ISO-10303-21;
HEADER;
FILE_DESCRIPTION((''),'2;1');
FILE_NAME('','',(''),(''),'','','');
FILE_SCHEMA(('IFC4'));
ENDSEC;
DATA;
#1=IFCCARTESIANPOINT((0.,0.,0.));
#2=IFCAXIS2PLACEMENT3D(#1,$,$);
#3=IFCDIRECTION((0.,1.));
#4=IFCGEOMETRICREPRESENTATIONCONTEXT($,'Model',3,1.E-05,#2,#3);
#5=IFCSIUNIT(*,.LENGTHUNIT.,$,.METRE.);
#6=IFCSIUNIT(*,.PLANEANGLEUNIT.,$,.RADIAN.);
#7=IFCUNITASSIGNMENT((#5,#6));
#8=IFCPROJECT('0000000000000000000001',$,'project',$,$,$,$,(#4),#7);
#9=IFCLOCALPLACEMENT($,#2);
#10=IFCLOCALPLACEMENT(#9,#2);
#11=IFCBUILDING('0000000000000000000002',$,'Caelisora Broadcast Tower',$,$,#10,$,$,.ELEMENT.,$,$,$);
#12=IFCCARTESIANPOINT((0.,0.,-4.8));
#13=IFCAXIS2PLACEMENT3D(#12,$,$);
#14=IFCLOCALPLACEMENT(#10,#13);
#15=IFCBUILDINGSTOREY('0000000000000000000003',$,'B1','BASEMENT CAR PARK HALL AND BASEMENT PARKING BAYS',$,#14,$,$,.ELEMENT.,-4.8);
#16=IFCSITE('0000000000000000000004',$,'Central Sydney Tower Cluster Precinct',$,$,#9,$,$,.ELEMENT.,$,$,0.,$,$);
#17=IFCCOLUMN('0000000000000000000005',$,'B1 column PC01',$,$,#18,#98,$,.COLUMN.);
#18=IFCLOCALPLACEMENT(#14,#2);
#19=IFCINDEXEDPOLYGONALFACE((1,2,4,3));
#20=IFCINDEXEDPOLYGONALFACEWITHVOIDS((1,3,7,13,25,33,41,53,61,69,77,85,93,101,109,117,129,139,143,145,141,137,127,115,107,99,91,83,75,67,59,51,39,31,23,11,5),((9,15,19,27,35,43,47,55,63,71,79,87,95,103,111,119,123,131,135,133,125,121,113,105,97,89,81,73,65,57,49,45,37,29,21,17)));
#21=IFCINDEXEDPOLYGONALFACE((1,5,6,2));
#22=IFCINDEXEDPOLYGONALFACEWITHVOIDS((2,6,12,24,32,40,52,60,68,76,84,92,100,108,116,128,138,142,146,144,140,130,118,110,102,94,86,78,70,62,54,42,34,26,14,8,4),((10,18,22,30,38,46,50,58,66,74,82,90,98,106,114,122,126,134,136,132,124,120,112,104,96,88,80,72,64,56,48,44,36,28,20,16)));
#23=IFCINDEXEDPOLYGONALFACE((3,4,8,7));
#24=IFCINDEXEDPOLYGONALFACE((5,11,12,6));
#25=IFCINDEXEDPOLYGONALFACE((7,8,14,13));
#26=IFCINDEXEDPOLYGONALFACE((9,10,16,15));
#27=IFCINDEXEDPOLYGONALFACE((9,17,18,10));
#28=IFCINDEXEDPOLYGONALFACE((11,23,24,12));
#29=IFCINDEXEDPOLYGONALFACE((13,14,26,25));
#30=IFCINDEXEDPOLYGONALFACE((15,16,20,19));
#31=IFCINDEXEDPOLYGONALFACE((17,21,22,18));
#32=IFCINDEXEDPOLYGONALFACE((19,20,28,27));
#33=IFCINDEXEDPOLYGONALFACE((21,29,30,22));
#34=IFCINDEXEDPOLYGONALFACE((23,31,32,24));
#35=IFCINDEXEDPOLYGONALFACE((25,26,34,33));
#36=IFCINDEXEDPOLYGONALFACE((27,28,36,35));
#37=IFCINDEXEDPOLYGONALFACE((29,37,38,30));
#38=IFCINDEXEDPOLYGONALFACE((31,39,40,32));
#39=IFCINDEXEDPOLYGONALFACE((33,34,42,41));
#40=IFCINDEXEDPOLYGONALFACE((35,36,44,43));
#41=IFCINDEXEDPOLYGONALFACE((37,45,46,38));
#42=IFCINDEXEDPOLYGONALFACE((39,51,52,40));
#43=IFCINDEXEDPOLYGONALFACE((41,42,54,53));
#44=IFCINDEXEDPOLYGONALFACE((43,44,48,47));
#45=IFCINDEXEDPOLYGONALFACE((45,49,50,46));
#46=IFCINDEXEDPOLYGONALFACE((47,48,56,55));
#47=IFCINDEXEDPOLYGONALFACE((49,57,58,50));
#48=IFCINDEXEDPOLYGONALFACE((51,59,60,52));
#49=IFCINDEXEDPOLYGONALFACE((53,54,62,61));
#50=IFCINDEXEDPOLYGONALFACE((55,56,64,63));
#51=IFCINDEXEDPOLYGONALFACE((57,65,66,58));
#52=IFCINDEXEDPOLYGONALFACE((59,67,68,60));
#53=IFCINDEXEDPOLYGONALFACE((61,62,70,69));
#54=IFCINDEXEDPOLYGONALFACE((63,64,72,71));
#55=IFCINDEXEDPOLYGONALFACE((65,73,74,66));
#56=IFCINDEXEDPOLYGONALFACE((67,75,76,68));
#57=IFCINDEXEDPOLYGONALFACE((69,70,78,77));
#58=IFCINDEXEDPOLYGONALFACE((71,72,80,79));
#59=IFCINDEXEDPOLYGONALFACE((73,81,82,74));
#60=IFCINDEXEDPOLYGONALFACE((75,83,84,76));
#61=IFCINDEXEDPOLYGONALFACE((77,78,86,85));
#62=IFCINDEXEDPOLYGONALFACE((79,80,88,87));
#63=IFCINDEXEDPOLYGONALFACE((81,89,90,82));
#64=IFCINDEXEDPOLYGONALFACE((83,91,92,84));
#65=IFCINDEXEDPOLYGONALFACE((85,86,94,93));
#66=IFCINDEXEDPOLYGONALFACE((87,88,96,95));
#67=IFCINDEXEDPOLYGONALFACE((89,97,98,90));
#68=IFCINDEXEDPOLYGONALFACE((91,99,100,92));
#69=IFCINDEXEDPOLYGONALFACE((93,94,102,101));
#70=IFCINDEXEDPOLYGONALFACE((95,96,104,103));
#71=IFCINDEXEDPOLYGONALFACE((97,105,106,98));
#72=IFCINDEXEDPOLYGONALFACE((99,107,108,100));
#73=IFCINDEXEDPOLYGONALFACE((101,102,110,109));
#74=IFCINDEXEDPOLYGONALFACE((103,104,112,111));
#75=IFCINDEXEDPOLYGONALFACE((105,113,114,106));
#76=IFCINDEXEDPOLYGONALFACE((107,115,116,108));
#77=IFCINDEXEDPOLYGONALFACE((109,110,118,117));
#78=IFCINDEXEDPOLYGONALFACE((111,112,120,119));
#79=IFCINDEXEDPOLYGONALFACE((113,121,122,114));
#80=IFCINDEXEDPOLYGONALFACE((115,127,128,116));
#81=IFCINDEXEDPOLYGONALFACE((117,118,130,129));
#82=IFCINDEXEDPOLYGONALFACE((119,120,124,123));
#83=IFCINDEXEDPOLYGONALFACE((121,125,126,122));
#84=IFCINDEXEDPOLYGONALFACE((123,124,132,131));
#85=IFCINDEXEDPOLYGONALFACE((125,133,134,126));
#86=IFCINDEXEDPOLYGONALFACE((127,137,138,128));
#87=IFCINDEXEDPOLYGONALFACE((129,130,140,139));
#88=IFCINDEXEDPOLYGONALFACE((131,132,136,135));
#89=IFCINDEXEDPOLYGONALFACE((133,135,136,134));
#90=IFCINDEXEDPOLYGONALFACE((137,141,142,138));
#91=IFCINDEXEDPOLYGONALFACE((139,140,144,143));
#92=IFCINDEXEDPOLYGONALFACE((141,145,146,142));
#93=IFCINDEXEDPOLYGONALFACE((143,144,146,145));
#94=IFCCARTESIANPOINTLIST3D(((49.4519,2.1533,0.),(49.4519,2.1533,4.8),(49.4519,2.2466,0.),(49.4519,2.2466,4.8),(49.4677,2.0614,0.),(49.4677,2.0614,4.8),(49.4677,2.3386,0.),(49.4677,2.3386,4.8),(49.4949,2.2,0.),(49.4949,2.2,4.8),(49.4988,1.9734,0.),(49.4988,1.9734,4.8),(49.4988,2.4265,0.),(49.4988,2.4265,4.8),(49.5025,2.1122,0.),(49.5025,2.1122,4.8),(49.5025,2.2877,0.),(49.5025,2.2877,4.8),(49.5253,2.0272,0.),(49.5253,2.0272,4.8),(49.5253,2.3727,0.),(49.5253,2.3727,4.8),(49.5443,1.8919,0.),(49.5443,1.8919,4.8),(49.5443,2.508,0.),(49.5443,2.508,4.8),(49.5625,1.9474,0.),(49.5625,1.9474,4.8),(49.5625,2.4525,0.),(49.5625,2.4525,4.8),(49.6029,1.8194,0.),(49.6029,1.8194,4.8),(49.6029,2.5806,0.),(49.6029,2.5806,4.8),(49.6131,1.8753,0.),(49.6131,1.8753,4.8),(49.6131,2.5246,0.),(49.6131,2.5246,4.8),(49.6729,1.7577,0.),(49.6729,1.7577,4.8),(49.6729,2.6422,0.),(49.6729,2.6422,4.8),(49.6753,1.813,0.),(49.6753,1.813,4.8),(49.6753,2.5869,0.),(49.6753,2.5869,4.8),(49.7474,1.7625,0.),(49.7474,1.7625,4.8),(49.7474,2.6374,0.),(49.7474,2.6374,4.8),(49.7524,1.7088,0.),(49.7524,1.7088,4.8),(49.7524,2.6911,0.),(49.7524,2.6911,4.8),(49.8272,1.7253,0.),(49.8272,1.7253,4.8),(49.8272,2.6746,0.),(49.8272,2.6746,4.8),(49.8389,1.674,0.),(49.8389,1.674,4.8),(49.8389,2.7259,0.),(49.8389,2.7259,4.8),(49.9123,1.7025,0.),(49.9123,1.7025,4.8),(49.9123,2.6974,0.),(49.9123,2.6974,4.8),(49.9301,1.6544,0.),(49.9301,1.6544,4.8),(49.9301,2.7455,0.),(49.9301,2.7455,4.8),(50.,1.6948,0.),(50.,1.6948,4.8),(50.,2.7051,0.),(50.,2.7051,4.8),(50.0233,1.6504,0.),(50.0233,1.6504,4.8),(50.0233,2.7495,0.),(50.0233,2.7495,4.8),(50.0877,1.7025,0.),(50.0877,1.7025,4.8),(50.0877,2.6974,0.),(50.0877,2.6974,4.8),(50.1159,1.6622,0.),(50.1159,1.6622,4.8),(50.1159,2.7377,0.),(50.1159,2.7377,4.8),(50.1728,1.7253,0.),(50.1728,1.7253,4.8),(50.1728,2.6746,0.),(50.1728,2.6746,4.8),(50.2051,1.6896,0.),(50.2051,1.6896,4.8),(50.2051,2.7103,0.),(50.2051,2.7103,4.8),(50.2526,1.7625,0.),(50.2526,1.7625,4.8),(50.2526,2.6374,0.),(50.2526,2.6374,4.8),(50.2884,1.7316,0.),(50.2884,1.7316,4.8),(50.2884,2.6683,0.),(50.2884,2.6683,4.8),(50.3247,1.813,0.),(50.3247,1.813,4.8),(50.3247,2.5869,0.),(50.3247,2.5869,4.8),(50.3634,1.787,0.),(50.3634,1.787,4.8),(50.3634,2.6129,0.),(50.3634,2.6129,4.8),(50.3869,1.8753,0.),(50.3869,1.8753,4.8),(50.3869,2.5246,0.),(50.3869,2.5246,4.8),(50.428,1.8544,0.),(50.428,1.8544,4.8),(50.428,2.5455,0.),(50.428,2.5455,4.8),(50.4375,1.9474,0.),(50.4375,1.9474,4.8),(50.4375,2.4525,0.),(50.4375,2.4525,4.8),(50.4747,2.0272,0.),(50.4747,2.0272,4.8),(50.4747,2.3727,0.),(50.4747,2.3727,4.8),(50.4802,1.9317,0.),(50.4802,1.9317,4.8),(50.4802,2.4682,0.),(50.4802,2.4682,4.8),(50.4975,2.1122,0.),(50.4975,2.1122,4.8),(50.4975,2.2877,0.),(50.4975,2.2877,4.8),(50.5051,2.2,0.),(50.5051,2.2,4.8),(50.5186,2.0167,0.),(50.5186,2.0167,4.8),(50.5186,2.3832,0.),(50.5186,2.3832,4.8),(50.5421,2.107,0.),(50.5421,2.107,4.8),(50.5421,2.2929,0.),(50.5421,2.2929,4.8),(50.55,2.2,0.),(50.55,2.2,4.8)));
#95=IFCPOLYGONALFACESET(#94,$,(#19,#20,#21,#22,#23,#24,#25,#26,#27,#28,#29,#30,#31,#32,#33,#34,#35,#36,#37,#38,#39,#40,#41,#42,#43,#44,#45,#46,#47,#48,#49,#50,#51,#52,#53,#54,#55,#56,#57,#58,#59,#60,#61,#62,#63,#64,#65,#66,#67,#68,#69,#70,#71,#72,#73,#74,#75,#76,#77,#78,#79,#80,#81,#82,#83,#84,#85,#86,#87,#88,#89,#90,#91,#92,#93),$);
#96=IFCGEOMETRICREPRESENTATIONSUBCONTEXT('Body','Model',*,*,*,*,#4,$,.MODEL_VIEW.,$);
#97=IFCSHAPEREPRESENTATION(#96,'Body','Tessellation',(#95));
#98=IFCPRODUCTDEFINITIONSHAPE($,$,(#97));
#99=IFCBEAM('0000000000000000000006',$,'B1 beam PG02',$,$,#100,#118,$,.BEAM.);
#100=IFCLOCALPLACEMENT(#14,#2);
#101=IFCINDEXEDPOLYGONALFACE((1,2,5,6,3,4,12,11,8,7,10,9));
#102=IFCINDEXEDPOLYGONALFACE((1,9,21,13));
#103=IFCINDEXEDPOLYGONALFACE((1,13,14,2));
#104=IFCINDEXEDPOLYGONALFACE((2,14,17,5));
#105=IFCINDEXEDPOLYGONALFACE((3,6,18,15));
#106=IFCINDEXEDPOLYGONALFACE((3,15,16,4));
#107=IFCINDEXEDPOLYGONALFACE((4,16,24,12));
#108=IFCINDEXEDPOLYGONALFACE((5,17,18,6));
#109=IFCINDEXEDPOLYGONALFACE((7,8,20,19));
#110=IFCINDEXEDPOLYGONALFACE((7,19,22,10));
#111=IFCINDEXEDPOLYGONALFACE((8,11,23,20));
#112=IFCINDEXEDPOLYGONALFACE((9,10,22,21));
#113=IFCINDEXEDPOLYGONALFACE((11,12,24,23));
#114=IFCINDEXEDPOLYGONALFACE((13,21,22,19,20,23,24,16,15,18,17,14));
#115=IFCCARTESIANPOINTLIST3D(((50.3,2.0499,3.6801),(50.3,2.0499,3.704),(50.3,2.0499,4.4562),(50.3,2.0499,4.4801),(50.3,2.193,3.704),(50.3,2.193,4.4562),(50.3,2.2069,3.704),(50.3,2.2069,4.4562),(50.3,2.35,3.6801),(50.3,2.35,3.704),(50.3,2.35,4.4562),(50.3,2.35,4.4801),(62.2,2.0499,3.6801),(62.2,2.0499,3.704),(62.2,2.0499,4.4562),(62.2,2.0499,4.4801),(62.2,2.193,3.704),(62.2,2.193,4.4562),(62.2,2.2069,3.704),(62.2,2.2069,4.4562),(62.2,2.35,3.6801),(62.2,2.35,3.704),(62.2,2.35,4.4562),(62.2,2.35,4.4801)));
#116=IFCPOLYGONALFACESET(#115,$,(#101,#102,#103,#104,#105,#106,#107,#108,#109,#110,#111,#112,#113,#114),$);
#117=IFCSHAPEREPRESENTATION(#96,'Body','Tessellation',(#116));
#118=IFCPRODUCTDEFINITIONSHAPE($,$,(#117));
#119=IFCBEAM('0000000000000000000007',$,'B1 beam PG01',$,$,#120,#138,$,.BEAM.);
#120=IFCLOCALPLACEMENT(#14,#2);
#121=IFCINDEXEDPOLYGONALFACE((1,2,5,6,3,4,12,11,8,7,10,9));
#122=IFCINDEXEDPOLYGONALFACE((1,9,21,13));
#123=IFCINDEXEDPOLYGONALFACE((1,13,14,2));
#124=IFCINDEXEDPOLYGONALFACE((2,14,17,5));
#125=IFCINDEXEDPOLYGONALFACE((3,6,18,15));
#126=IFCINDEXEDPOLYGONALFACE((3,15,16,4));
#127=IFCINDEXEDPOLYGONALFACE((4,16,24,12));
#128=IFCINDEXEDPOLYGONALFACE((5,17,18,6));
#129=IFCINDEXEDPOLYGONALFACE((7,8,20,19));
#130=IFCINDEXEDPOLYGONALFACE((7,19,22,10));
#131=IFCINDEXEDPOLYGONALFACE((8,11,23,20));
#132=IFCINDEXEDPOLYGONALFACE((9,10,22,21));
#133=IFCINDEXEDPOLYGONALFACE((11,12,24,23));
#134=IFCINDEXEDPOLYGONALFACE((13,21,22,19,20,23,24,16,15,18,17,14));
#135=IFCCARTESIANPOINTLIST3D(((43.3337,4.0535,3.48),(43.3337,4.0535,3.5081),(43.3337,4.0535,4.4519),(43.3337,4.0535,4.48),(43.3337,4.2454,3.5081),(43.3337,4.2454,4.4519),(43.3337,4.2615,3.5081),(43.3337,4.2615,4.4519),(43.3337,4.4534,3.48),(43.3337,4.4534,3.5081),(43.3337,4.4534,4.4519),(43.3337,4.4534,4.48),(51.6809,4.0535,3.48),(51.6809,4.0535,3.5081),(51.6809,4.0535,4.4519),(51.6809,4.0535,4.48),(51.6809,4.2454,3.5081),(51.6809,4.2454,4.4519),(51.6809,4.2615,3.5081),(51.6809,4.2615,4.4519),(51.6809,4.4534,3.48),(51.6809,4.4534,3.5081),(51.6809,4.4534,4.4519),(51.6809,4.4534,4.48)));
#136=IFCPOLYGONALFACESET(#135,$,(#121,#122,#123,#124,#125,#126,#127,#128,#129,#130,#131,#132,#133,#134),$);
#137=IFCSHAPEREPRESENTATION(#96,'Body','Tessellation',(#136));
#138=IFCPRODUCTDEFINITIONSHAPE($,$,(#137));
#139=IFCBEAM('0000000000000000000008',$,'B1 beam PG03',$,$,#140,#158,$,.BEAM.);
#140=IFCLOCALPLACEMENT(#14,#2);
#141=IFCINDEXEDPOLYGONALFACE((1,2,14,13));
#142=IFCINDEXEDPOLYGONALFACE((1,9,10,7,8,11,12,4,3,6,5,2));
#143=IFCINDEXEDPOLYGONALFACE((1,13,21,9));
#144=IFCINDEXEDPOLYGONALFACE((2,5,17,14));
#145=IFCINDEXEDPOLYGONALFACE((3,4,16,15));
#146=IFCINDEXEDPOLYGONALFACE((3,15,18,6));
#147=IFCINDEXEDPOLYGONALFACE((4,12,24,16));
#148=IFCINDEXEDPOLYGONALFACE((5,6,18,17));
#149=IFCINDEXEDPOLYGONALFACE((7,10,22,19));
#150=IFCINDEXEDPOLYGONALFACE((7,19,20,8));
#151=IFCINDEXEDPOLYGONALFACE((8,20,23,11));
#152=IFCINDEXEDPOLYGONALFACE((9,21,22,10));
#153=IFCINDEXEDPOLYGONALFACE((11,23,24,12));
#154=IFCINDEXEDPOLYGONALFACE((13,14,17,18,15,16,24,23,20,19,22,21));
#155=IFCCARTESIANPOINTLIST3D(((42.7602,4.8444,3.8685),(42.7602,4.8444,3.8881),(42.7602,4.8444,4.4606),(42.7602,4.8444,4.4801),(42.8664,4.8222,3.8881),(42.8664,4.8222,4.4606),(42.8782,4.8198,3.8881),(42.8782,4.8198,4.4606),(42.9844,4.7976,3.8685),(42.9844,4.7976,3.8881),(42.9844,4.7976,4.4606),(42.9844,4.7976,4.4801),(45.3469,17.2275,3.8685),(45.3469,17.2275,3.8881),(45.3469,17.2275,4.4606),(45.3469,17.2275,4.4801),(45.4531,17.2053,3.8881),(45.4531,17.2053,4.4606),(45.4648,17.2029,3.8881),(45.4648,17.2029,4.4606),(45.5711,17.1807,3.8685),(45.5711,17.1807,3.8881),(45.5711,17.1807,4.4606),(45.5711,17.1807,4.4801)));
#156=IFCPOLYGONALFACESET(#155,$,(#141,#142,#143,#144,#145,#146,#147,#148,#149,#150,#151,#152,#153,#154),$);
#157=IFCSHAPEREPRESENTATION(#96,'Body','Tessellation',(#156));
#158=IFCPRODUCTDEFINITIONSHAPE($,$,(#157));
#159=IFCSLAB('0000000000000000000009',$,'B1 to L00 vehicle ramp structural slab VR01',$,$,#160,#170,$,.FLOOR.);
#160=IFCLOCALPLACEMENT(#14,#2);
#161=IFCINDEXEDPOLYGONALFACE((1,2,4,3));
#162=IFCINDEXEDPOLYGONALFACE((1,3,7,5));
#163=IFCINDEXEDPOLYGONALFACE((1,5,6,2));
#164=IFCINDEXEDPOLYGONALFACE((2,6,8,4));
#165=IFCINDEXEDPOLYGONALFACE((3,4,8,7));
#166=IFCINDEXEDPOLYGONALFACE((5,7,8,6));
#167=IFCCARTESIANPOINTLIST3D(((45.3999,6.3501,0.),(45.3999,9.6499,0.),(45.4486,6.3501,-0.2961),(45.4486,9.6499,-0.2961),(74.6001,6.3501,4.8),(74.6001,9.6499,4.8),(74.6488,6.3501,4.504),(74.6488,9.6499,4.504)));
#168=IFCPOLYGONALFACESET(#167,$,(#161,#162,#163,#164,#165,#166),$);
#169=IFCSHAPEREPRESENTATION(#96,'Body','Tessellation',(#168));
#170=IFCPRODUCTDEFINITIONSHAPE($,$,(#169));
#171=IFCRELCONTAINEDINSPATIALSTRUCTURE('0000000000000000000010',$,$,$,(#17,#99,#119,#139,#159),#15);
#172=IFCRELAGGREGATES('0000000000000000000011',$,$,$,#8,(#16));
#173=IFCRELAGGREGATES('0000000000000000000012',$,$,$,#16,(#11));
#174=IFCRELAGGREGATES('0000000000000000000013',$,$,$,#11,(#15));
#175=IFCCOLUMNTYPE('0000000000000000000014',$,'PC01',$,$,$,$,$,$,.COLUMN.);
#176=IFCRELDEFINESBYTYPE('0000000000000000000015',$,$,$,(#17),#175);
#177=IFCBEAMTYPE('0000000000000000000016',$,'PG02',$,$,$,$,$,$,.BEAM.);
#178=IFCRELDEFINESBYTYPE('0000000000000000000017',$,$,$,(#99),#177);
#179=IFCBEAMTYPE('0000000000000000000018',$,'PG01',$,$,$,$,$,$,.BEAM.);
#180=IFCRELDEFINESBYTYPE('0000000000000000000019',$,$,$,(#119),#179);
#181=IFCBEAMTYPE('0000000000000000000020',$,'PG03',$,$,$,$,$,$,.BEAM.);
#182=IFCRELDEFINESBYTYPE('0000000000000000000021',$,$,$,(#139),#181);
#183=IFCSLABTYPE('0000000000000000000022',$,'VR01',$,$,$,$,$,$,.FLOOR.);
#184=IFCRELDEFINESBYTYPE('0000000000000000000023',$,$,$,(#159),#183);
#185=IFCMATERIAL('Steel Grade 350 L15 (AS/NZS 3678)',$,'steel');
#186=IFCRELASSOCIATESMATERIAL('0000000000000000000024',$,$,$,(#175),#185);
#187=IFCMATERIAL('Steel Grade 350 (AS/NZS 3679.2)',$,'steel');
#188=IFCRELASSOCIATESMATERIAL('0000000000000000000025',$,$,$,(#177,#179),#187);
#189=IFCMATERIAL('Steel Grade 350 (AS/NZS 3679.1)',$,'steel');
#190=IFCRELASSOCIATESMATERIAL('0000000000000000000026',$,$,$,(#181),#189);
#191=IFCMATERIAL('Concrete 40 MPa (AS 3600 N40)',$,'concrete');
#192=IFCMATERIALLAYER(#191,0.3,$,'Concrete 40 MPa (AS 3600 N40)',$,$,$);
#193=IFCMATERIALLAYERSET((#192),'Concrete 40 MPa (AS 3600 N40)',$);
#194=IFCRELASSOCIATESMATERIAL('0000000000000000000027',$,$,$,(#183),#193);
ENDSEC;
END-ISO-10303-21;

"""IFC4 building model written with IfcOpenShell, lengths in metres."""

from ifc_helpers import new_model, si_unit, direction, frame, origin, origin_2d, place, context, subcontext, project, spatial, polyline, hollow_circle, i_section, outline, extrude, source, transform, mapped, material, layer, layer_set, material_profile, profile_set, type_object, type_shapes, element, save


model = new_model("IFC4")

# Units and contexts
model_context = context("Model", 3, precision=1e-05, world=origin(), true_north=direction((0.0, 1.0)))
body_context = subcontext(model_context, "Body", "Model", "MODEL_VIEW")
ifc_project = project(units=[si_unit("LENGTHUNIT", "METRE"), si_unit("PLANEANGLEUNIT", "RADIAN")], contexts=[model_context])

# Site, building, storey
site_placement = place(None, origin())
site = spatial("IfcSite", under=ifc_project, at=site_placement, Name="Central Sydney Tower Cluster Precinct", CompositionType="ELEMENT", RefElevation=0.0)
building_placement = place(site_placement, origin())
building = spatial("IfcBuilding", under=site, at=building_placement, Name="Caelisora Broadcast Tower", CompositionType="ELEMENT")
storey_placement = place(building_placement, frame((0.0, 0.0, -4.8)))
storey = spatial("IfcBuildingStorey", under=building, at=storey_placement, Name="B1", Description="BASEMENT CAR PARK HALL AND BASEMENT PARKING BAYS", CompositionType="ELEMENT", Elevation=-4.8)

# Shared definitions
ifc_material_1 = material(Name="Concrete 40 MPa (AS 3600 N40)", Category="concrete")

# Column
ifc_material_2 = material(Name="Steel Grade 350 (AS/NZS 3679.2)", Category="steel")
ifc_material_3 = material(Name="Steel Grade 350 (AS/NZS 3679.1)", Category="steel")
ifc_material_4 = material(Name="Steel Grade 350 L15 (AS/NZS 3678)", Category="steel")
ifc_material_profile_1 = material_profile(ifc_material_4, hollow_circle(Radius=0.55, WallThickness=0.0449, at=origin_2d()), Name="Steel Grade 350 L15 (AS/NZS 3678)")
ifc_profile_set_1 = profile_set([ifc_material_profile_1], Name="Steel Grade 350 L15 (AS/NZS 3678)")
column_type_1 = type_object("IfcColumnType", Name="PC01", PredefinedType="COLUMN", material=ifc_profile_set_1)
shared_shape_1 = source(origin(), body_context, "Body", "SweptSolid", [
    extrude(hollow_circle(Radius=0.55, WallThickness=0.0449, at=origin_2d()), origin(), (0.0, 0.0, 1.0), 4.8),
])
type_shapes(column_type_1, [shared_shape_1])
column_1_placement = place(storey_placement, frame((50.0, 2.2, 0.0), z_axis=(0.0, 0.0, 1.0), x_axis=(1.0, 0.0, 0.0)))
element("IfcColumn", 1, at=column_1_placement, inside=storey, type_object=column_type_1, Name="B1 column PC01", PredefinedType="COLUMN", context=body_context, shape_type="MappedRepresentation", body=[
    mapped(shared_shape_1, transform((0.0, 0.0, 0.0), scale=1.0)),
])

# Beams
ifc_material_profile_2 = material_profile(ifc_material_2, i_section(OverallWidth=0.3, OverallDepth=0.8, WebThickness=0.0139, FlangeThickness=0.0239, at=origin_2d()), Name="Steel Grade 350 (AS/NZS 3679.2)")
ifc_profile_set_2 = profile_set([ifc_material_profile_2], Name="Steel Grade 350 (AS/NZS 3679.2)")
beam_type_1 = type_object("IfcBeamType", Name="PG02", PredefinedType="BEAM", material=ifc_profile_set_2)
shared_shape_2 = source(origin(), body_context, "Body", "SweptSolid", [
    extrude(i_section(OverallWidth=0.3, OverallDepth=0.8, WebThickness=0.0139, FlangeThickness=0.0239, at=origin_2d()), origin(), (0.0, 0.0, 1.0), 11.8999),
])
type_shapes(beam_type_1, [shared_shape_2])
beam_1_placement = place(storey_placement, frame((50.3, 2.2, 4.0801), z_axis=(1.0, 0.0, 0.0), x_axis=(0.0, 1.0, 0.0)))
element("IfcBeam", 2, at=beam_1_placement, inside=storey, type_object=beam_type_1, Name="B1 beam PG02", PredefinedType="BEAM", context=body_context, shape_type="MappedRepresentation", body=[
    mapped(shared_shape_2, transform((0.0, 0.0, 0.0), scale=1.0)),
])
ifc_material_profile_3 = material_profile(ifc_material_2, i_section(OverallWidth=0.3999, OverallDepth=1.0, WebThickness=0.0161, FlangeThickness=0.0281, at=origin_2d()), Name="Steel Grade 350 (AS/NZS 3679.2)")
ifc_profile_set_3 = profile_set([ifc_material_profile_3], Name="Steel Grade 350 (AS/NZS 3679.2)")
beam_type_2 = type_object("IfcBeamType", Name="PG01", PredefinedType="BEAM", material=ifc_profile_set_3)
shared_shape_3 = source(origin(), body_context, "Body", "SweptSolid", [
    extrude(i_section(OverallWidth=0.3999, OverallDepth=1.0, WebThickness=0.0161, FlangeThickness=0.0281, at=origin_2d()), origin(), (0.0, 0.0, 1.0), 8.3472),
])
type_shapes(beam_type_2, [shared_shape_3])
beam_2_placement = place(storey_placement, frame((43.3337, 4.2534, 3.98), z_axis=(1.0, 0.0, 0.0), x_axis=(0.0, 1.0, 0.0)))
element("IfcBeam", 3, at=beam_2_placement, inside=storey, type_object=beam_type_2, Name="B1 beam PG01", PredefinedType="BEAM", context=body_context, shape_type="MappedRepresentation", body=[
    mapped(shared_shape_3, transform((0.0, 0.0, 0.0), scale=1.0)),
])
ifc_material_profile_4 = material_profile(ifc_material_3, i_section(OverallWidth=0.229, OverallDepth=0.6116, WebThickness=0.012, FlangeThickness=0.0195, at=origin_2d()), Name="Steel Grade 350 (AS/NZS 3679.1)")
ifc_profile_set_4 = profile_set([ifc_material_profile_4], Name="Steel Grade 350 (AS/NZS 3679.1)")
beam_type_3 = type_object("IfcBeamType", Name="PG03", PredefinedType="BEAM", material=ifc_profile_set_4)
shared_shape_4 = source(origin(), body_context, "Body", "SweptSolid", [
    extrude(i_section(OverallWidth=0.229, OverallDepth=0.6116, WebThickness=0.012, FlangeThickness=0.0195, at=origin_2d()), origin(), (0.0, 0.0, 1.0), 12.6504),
])
type_shapes(beam_type_3, [shared_shape_4])
beam_3_placement = place(storey_placement, frame((45.459, 17.2041, 4.1743), z_axis=(-0.204474, -0.978872, 0.0), x_axis=(0.978872, -0.204474, 0.0)))
element("IfcBeam", 4, at=beam_3_placement, inside=storey, type_object=beam_type_3, Name="B1 beam PG03", PredefinedType="BEAM", context=body_context, shape_type="MappedRepresentation", body=[
    mapped(shared_shape_4, transform((0.0, 0.0, 0.0), scale=1.0)),
])

# Slab
ifc_layer_1 = layer(ifc_material_1, 0.3, Name="Concrete 40 MPa (AS 3600 N40)")
ifc_layer_set_1 = layer_set([ifc_layer_1], Name="Concrete 40 MPa (AS 3600 N40)")
slab_type = type_object("IfcSlabType", Name="VR01", PredefinedType="FLOOR", material=ifc_layer_set_1)
slab_placement = place(storey_placement, frame((45.3999, 6.3501, 0.0), z_axis=(-0.162207, 0.0, 0.986757), x_axis=(0.986757, 0.0, 0.162207)))
element("IfcSlab", 5, at=slab_placement, inside=storey, type_object=slab_type, Name="B1 to L00 vehicle ramp structural slab VR01", PredefinedType="FLOOR", context=body_context, shape_type="SweptSolid", body=[
    extrude(outline(polyline([(0.0, 0.0), (29.5921, 0.0), (29.5921, 3.2998), (0.0, 3.2998), (0.0, 0.0)])), origin(), (0.0, 0.0, -1.0), 0.3),
])

save(model, "model.ifc")
